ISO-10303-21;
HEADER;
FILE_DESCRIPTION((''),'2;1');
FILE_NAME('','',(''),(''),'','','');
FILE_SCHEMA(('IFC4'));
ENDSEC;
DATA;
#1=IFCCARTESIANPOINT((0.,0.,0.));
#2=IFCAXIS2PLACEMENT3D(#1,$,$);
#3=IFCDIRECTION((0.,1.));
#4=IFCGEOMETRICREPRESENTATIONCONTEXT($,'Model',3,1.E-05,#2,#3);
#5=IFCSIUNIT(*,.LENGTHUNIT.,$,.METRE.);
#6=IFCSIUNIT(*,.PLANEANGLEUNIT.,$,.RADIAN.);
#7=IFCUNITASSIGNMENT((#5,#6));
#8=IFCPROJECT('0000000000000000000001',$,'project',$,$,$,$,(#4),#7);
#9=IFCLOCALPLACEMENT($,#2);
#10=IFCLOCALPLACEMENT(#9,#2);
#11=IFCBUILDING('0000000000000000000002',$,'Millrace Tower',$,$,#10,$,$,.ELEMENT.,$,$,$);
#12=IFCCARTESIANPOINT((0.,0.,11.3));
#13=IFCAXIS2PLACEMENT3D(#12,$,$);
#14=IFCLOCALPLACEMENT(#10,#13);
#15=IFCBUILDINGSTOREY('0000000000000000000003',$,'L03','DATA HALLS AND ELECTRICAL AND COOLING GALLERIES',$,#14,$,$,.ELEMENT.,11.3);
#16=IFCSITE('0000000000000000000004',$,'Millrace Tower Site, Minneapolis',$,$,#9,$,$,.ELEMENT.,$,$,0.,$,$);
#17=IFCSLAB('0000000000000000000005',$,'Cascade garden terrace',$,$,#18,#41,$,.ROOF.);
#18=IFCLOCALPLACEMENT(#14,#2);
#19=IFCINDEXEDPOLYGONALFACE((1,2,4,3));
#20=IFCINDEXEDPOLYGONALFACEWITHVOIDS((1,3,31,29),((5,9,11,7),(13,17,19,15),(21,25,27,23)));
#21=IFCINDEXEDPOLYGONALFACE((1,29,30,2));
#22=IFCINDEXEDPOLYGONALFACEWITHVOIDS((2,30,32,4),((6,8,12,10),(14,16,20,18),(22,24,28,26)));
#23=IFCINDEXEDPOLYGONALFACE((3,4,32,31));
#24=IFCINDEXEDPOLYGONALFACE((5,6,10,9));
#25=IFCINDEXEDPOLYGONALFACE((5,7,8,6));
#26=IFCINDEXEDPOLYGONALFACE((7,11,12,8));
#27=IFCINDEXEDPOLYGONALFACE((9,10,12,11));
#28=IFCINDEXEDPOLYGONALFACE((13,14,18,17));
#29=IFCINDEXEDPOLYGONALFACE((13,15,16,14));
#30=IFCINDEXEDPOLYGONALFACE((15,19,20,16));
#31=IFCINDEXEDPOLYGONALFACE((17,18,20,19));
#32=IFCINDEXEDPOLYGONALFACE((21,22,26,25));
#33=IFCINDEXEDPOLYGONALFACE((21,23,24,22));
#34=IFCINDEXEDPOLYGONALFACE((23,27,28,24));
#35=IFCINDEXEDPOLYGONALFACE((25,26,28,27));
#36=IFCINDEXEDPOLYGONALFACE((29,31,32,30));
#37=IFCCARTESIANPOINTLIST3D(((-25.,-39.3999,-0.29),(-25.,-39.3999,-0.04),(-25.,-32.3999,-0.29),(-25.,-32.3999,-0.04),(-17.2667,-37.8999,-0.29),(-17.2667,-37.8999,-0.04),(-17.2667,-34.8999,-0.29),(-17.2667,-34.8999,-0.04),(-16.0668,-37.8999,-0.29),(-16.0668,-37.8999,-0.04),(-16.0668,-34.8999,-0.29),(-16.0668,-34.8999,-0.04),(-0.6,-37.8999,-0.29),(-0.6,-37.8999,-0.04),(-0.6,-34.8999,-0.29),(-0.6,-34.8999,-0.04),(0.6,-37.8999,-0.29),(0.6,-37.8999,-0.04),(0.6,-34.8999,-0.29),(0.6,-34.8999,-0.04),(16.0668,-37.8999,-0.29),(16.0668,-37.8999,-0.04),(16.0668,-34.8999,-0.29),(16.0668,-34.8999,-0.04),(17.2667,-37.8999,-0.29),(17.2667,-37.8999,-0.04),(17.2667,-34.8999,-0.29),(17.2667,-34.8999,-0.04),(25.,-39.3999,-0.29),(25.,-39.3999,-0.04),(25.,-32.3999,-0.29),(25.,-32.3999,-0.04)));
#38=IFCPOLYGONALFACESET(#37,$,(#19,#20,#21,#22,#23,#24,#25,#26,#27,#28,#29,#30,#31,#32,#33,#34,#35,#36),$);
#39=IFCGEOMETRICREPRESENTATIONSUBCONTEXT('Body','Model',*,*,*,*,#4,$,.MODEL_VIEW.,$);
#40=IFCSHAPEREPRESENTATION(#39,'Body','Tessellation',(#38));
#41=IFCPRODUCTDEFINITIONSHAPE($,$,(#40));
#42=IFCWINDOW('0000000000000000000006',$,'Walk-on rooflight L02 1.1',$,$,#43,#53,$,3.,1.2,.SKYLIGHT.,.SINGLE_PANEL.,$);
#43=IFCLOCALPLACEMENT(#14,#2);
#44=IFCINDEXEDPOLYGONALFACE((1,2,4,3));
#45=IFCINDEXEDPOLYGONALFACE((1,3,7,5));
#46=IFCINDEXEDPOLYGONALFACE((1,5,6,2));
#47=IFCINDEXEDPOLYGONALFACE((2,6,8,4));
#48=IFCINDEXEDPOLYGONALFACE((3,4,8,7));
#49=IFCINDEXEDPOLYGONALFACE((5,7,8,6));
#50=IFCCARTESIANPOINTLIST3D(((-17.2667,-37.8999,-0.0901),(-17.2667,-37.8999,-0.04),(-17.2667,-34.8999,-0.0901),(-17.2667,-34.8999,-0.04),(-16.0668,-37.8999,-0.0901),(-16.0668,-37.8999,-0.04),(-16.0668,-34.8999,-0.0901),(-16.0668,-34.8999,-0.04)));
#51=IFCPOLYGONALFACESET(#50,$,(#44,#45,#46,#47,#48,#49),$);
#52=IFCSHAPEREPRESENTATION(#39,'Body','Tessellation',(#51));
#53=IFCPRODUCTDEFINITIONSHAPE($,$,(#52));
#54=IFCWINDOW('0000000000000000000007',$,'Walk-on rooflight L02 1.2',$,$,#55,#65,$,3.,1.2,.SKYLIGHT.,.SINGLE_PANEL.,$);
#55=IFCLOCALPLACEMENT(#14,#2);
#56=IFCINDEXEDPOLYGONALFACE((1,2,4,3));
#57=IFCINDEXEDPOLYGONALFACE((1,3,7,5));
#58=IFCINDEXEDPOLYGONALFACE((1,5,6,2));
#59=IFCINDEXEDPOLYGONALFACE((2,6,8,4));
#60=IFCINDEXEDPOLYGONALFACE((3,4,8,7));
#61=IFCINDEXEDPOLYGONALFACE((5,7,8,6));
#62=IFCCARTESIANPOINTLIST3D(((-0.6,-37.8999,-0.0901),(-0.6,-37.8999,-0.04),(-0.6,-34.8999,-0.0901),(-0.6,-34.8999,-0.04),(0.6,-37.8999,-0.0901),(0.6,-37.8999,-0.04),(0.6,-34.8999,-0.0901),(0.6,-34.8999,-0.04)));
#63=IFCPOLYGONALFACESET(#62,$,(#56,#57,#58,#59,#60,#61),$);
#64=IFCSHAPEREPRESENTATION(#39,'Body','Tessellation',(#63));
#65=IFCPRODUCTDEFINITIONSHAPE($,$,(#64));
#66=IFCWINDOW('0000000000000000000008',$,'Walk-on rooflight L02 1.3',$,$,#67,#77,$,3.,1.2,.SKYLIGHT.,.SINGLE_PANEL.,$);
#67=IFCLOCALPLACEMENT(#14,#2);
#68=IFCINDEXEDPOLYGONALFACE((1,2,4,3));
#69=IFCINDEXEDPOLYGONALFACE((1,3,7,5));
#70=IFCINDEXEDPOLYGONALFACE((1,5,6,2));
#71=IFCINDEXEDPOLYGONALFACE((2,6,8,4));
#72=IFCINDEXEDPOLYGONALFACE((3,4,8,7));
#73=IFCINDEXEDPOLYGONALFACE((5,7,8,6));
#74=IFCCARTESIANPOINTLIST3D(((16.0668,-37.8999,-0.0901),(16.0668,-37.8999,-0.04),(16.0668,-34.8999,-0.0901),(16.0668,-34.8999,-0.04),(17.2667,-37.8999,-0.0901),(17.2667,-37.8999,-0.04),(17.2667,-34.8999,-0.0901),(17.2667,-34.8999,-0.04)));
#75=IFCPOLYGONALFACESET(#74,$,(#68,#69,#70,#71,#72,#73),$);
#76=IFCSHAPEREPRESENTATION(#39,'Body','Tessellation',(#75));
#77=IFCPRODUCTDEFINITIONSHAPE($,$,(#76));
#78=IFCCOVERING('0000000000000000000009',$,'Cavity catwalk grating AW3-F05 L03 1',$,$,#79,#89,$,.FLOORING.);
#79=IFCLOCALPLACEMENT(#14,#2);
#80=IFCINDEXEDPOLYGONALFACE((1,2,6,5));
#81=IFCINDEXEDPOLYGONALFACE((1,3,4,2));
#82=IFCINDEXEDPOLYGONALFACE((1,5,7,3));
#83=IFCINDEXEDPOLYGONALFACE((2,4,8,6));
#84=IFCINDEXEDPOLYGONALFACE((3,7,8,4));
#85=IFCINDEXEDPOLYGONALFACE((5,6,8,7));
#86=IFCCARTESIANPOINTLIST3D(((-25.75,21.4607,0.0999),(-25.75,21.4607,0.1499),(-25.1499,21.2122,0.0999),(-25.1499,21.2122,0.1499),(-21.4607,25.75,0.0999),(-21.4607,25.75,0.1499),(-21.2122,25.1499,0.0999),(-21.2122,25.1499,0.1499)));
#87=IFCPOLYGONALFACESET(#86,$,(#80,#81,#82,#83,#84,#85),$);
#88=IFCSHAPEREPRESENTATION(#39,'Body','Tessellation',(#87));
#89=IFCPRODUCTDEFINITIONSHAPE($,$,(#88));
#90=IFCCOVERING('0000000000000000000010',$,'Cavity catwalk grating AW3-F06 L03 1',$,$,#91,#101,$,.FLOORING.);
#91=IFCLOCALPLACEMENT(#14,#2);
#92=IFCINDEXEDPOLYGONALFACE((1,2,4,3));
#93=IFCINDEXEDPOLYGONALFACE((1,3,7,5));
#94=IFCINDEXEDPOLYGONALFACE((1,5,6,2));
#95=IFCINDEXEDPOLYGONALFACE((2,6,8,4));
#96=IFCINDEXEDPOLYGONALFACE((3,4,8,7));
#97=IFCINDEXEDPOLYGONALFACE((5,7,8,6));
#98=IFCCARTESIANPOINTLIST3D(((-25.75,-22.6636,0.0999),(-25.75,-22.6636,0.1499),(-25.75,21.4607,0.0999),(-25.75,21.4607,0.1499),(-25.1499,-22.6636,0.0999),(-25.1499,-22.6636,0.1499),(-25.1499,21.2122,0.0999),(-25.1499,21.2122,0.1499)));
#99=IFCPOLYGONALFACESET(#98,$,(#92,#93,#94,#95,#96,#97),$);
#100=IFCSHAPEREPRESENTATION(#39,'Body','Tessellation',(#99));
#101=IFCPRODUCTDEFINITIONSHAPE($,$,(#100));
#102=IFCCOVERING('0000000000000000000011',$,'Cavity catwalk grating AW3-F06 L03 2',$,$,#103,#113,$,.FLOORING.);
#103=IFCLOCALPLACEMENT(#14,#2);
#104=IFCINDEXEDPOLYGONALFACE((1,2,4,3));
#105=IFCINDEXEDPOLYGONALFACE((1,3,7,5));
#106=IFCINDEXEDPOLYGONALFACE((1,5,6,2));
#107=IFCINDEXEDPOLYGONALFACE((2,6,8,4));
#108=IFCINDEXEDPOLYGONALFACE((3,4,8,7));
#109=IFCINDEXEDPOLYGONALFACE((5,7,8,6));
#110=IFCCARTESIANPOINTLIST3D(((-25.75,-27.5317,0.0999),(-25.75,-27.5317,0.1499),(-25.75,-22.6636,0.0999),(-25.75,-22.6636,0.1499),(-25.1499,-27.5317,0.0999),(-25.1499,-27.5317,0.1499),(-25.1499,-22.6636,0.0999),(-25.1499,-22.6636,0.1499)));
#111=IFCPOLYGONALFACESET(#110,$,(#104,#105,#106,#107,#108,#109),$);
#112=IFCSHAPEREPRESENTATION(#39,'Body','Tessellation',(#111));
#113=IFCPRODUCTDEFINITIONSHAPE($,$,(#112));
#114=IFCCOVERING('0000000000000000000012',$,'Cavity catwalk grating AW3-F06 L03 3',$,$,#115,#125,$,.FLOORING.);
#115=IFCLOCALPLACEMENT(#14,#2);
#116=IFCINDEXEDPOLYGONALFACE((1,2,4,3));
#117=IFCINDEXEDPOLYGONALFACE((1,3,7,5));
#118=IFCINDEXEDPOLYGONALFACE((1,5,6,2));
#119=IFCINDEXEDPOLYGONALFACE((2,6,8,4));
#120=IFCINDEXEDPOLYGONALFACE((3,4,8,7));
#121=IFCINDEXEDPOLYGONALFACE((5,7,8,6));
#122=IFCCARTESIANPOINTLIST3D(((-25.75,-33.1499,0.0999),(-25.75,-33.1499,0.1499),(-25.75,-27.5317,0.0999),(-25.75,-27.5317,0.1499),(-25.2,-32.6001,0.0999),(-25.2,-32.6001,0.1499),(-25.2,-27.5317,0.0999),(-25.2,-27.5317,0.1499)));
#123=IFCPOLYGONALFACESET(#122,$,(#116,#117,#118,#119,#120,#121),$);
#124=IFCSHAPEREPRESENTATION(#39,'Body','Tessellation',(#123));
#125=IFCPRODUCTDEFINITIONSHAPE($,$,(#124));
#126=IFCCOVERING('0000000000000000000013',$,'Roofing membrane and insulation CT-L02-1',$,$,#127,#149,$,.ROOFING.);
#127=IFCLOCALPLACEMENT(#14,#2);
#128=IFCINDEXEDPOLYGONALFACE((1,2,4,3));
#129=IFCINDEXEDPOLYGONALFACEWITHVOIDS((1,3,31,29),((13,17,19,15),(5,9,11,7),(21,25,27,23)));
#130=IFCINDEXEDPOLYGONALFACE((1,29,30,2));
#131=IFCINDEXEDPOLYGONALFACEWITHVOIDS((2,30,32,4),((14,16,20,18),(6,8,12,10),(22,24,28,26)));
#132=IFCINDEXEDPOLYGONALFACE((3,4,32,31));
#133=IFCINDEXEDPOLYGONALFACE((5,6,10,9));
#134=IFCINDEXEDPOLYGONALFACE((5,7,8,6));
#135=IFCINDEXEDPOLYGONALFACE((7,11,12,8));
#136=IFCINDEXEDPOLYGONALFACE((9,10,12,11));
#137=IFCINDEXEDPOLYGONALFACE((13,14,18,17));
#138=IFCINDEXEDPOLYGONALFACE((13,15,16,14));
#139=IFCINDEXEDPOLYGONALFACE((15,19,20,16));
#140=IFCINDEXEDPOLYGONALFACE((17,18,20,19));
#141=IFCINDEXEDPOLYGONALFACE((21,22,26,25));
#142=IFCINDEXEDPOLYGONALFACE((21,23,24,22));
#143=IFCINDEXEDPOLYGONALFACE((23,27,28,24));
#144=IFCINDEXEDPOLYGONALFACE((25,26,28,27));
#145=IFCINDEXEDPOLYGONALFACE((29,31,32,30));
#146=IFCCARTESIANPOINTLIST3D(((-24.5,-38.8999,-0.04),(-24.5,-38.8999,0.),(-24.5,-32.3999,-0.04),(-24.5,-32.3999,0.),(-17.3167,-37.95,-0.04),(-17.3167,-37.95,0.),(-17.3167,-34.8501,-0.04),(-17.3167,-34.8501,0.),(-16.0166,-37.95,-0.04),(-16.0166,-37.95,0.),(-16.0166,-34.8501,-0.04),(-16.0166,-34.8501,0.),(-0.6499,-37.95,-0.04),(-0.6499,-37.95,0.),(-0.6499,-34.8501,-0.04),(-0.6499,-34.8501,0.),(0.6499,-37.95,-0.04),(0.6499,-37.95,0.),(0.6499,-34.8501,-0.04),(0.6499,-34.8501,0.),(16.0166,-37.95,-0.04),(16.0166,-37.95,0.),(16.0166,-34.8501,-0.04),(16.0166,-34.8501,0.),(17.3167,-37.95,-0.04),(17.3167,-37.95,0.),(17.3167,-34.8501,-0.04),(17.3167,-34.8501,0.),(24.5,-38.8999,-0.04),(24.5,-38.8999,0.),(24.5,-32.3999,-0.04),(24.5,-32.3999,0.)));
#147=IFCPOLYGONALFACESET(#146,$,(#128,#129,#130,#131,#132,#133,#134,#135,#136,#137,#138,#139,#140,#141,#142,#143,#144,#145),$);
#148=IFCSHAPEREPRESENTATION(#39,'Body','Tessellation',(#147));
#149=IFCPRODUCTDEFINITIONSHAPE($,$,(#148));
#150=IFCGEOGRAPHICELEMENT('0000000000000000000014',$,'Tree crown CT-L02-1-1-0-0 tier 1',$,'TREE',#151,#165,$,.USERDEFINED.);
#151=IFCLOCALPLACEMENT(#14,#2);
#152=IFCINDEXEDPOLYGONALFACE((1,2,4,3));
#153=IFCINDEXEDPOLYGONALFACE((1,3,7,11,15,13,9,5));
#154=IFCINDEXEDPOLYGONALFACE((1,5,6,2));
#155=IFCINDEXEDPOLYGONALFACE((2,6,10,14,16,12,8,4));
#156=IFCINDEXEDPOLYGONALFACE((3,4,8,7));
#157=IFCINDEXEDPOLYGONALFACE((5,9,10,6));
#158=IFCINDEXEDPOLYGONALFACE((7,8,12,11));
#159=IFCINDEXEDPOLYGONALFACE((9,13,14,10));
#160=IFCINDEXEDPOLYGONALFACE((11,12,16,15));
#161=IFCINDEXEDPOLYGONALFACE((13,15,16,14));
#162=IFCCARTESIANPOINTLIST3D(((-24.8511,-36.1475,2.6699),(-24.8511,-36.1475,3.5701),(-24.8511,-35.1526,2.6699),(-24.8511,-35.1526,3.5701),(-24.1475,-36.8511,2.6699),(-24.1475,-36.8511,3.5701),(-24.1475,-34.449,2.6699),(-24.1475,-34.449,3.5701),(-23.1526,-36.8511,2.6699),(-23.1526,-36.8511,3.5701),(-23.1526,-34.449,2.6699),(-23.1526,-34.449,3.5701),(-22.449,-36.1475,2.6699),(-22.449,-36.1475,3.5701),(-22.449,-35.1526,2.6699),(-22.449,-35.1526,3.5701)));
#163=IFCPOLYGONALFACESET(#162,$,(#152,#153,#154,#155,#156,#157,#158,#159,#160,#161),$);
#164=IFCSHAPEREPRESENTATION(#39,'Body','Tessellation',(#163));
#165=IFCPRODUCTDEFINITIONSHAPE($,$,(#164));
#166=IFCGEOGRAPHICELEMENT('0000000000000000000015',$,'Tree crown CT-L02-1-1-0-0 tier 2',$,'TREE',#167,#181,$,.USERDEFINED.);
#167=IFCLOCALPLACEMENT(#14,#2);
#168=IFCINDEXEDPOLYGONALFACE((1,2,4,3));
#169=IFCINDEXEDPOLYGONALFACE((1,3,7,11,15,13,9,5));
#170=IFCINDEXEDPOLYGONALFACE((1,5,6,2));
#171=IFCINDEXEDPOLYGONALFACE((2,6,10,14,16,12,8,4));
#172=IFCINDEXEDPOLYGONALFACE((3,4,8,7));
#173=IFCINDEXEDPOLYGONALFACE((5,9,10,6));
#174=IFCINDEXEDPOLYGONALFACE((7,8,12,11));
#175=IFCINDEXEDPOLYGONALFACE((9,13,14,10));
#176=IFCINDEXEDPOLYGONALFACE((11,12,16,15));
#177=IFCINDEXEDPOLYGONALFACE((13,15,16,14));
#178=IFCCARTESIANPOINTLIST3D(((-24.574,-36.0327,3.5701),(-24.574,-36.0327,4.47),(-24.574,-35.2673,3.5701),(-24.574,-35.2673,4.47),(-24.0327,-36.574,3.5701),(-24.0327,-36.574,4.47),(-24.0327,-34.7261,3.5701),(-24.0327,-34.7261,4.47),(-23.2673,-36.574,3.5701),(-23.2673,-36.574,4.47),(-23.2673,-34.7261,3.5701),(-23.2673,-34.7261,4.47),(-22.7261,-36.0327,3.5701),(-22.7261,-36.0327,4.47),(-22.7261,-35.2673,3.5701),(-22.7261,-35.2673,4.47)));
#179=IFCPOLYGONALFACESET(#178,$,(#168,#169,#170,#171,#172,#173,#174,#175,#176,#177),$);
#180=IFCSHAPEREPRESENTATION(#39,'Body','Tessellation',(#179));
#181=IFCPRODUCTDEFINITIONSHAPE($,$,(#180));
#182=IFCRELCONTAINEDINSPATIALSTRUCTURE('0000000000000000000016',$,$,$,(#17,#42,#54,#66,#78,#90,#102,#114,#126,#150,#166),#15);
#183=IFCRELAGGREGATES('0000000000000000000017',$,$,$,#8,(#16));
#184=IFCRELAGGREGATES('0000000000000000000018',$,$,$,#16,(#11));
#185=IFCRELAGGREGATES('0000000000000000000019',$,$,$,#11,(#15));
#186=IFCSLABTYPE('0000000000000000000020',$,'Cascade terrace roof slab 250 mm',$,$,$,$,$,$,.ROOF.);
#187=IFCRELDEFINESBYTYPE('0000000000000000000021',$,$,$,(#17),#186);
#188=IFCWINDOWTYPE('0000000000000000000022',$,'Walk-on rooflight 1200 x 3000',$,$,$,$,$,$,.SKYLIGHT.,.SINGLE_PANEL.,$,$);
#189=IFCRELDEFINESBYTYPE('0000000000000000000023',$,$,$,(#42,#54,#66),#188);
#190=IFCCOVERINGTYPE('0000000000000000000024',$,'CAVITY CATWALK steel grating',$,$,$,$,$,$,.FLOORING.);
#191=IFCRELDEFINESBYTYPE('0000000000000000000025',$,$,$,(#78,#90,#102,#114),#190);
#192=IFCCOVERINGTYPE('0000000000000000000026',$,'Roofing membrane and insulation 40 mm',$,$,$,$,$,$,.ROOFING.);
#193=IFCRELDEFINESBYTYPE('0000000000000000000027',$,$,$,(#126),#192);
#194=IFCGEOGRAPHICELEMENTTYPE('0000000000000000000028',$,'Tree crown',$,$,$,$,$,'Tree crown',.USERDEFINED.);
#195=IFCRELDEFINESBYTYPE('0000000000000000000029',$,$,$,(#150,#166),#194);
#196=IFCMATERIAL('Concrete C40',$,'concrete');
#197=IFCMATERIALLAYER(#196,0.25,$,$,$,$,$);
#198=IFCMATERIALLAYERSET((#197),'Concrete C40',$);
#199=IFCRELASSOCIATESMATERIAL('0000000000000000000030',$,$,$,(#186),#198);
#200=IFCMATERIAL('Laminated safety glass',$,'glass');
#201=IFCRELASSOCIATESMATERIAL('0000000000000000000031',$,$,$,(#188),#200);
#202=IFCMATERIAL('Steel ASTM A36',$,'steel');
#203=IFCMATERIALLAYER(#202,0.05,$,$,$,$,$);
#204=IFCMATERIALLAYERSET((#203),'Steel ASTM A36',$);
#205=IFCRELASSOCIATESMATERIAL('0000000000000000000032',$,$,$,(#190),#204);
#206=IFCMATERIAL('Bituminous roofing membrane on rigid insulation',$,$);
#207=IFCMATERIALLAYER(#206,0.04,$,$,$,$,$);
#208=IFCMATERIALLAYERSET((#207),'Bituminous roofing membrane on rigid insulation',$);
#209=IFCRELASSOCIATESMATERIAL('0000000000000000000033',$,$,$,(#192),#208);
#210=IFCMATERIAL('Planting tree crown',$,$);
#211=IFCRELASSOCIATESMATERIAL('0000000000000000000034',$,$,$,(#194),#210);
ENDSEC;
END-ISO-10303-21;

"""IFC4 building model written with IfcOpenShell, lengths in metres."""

from ifc_helpers import new_model, si_unit, direction, frame, origin, origin_2d, place, context, subcontext, project, spatial, polyline, rectangle, outline, extrude, material, layer, layer_set, type_object, element, fill, save


model = new_model("IFC4")

# Units and contexts
model_context = context("Model", 3, precision=1e-05, world=origin(), true_north=direction((0.0, 1.0)))
body_context = subcontext(model_context, "Body", "Model", "MODEL_VIEW")
ifc_project = project(units=[si_unit("LENGTHUNIT", "METRE"), si_unit("PLANEANGLEUNIT", "RADIAN")], contexts=[model_context])

# Site, building, storey
site_placement = place(None, origin())
site = spatial("IfcSite", under=ifc_project, at=site_placement, Name="Millrace Tower Site, Minneapolis", CompositionType="ELEMENT", RefElevation=0.0)
building_placement = place(site_placement, origin())
building = spatial("IfcBuilding", under=site, at=building_placement, Name="Millrace Tower", CompositionType="ELEMENT")
storey_placement = place(building_placement, frame((0.0, 0.0, 11.3)))
storey = spatial("IfcBuildingStorey", under=building, at=storey_placement, Name="L03", Description="DATA HALLS AND ELECTRICAL AND COOLING GALLERIES", CompositionType="ELEMENT", Elevation=11.3)

# Slab, openings, windows
ifc_material_1 = material(Name="Concrete C40", Category="concrete")
ifc_layer_1 = layer(ifc_material_1, 0.25)
ifc_layer_set_1 = layer_set([ifc_layer_1], Name="Concrete C40")
slab_type = type_object("IfcSlabType", Name="Cascade terrace roof slab 250 mm", PredefinedType="ROOF", material=ifc_layer_set_1)
slab_placement = place(storey_placement, frame((0.0, 0.0, -0.29)))
slab = element("IfcSlab", 1, at=slab_placement, inside=storey, type_object=slab_type, Name="Cascade garden terrace", PredefinedType="ROOF", context=body_context, shape_type="SweptSolid", body=[
    extrude(outline(polyline([(25.0, -39.3999), (-25.0, -39.3999), (-25.0, -32.3999), (25.0, -32.3999), (25.0, -39.3999)])), origin(), (0.0, 0.0, 1.0), 0.25),
])
opening_1_placement = place(slab_placement, frame((-16.6667, -36.3999, 0.0)))
opening_1 = element("IfcOpeningElement", 2, at=opening_1_placement, cuts=slab, PredefinedType="OPENING", context=body_context, shape_type="SweptSolid", body=[
    extrude(rectangle(XDim=1.2, YDim=3.0, at=origin_2d()), origin(), (0.0, 0.0, 1.0), 0.25),
])
opening_2_placement = place(slab_placement, frame((0.0, -36.3999, 0.0)))
opening_2 = element("IfcOpeningElement", 3, at=opening_2_placement, cuts=slab, PredefinedType="OPENING", context=body_context, shape_type="SweptSolid", body=[
    extrude(rectangle(XDim=1.2, YDim=3.0, at=origin_2d()), origin(), (0.0, 0.0, 1.0), 0.25),
])
opening_3_placement = place(slab_placement, frame((16.6667, -36.3999, 0.0)))
opening_3 = element("IfcOpeningElement", 4, at=opening_3_placement, cuts=slab, PredefinedType="OPENING", context=body_context, shape_type="SweptSolid", body=[
    extrude(rectangle(XDim=1.2, YDim=3.0, at=origin_2d()), origin(), (0.0, 0.0, 1.0), 0.25),
])
ifc_material_2 = material(Name="Laminated safety glass", Category="glass")
window_type = type_object("IfcWindowType", Name="Walk-on rooflight 1200 x 3000", PartitioningType="SINGLE_PANEL", PredefinedType="SKYLIGHT", material=ifc_material_2)
window_1_placement = place(opening_1_placement, frame((0.0, 0.0, 0.2)))
window_1 = element("IfcWindow", 5, at=window_1_placement, inside=storey, type_object=window_type, Name="Walk-on rooflight L02 1.1", OverallHeight=3.0, OverallWidth=1.2, PartitioningType="SINGLE_PANEL", PredefinedType="SKYLIGHT", context=body_context, shape_type="SweptSolid", body=[
    extrude(rectangle(XDim=1.2, YDim=3.0, at=origin_2d()), origin(), (0.0, 0.0, 1.0), 0.05),
])
fill(opening_1, window_1)
window_2_placement = place(opening_2_placement, frame((0.0, 0.0, 0.2)))
window_2 = element("IfcWindow", 6, at=window_2_placement, inside=storey, type_object=window_type, Name="Walk-on rooflight L02 1.2", OverallHeight=3.0, OverallWidth=1.2, PartitioningType="SINGLE_PANEL", PredefinedType="SKYLIGHT", context=body_context, shape_type="SweptSolid", body=[
    extrude(rectangle(XDim=1.2, YDim=3.0, at=origin_2d()), origin(), (0.0, 0.0, 1.0), 0.05),
])
fill(opening_2, window_2)
window_3_placement = place(opening_3_placement, frame((0.0, 0.0, 0.2)))
window_3 = element("IfcWindow", 7, at=window_3_placement, inside=storey, type_object=window_type, Name="Walk-on rooflight L02 1.3", OverallHeight=3.0, OverallWidth=1.2, PartitioningType="SINGLE_PANEL", PredefinedType="SKYLIGHT", context=body_context, shape_type="SweptSolid", body=[
    extrude(rectangle(XDim=1.2, YDim=3.0, at=origin_2d()), origin(), (0.0, 0.0, 1.0), 0.05),
])
fill(opening_3, window_3)

# Coverings
ifc_material_3 = material(Name="Steel ASTM A36", Category="steel")
ifc_layer_2 = layer(ifc_material_3, 0.05)
ifc_layer_set_2 = layer_set([ifc_layer_2], Name="Steel ASTM A36")
covering_type_1 = type_object("IfcCoveringType", Name="CAVITY CATWALK steel grating", PredefinedType="FLOORING", material=ifc_layer_set_2)
placement_1 = place(storey_placement, frame((0.0, 0.0, 0.0999)))
element("IfcCovering", 8, at=placement_1, inside=storey, type_object=covering_type_1, Name="Cavity catwalk grating AW3-F05 L03 1", PredefinedType="FLOORING", context=body_context, shape_type="SweptSolid", body=[
    extrude(outline(polyline([(-21.4607, 25.75), (-25.75, 21.4607), (-25.1499, 21.2122), (-21.2122, 25.1499), (-21.4607, 25.75)])), origin(), (0.0, 0.0, 1.0), 0.05),
])
element("IfcCovering", 9, at=placement_1, inside=storey, type_object=covering_type_1, Name="Cavity catwalk grating AW3-F06 L03 1", PredefinedType="FLOORING", context=body_context, shape_type="SweptSolid", body=[
    extrude(outline(polyline([(-25.75, 21.4607), (-25.75, -22.6636), (-25.1499, -22.6636), (-25.1499, 21.2122), (-25.75, 21.4607)])), origin(), (0.0, 0.0, 1.0), 0.05),
])
element("IfcCovering", 10, at=placement_1, inside=storey, type_object=covering_type_1, Name="Cavity catwalk grating AW3-F06 L03 2", PredefinedType="FLOORING", context=body_context, shape_type="SweptSolid", body=[
    extrude(outline(polyline([(-25.75, -22.6636), (-25.75, -27.5317), (-25.1499, -27.5317), (-25.1499, -22.6636), (-25.75, -22.6636)])), origin(), (0.0, 0.0, 1.0), 0.05),
])
element("IfcCovering", 11, at=placement_1, inside=storey, type_object=covering_type_1, Name="Cavity catwalk grating AW3-F06 L03 3", PredefinedType="FLOORING", context=body_context, shape_type="SweptSolid", body=[
    extrude(outline(polyline([(-25.75, -27.5317), (-25.75, -33.1499), (-25.2, -32.6001), (-25.2, -27.5317), (-25.75, -27.5317)])), origin(), (0.0, 0.0, 1.0), 0.05),
])
ifc_material_4 = material(Name="Bituminous roofing membrane on rigid insulation")
ifc_layer_3 = layer(ifc_material_4, 0.04)
ifc_layer_set_3 = layer_set([ifc_layer_3], Name="Bituminous roofing membrane on rigid insulation")
covering_type_2 = type_object("IfcCoveringType", Name="Roofing membrane and insulation 40 mm", PredefinedType="ROOFING", material=ifc_layer_set_3)
covering_1_placement = place(storey_placement, frame((0.0, 0.0, -0.04)))
element("IfcCovering", 12, at=covering_1_placement, inside=storey, type_object=covering_type_2, Name="Roofing membrane and insulation CT-L02-1", PredefinedType="ROOFING", context=body_context, shape_type="SweptSolid", body=[
    extrude(outline(polyline([(-24.5, -38.8999), (24.5, -38.8999), (24.5, -32.3999), (-24.5, -32.3999), (-24.5, -38.8999)]), holes=[polyline([(-17.3167, -37.95), (-16.0166, -37.95), (-16.0166, -34.8501), (-17.3167, -34.8501), (-17.3167, -37.95)]), polyline([(-0.6499, -37.95), (0.6499, -37.95), (0.6499, -34.8501), (-0.6499, -34.8501), (-0.6499, -37.95)]), polyline([(16.0166, -37.95), (17.3167, -37.95), (17.3167, -34.8501), (16.0166, -34.8501), (16.0166, -37.95)])]), origin(), (0.0, 0.0, 1.0), 0.04),
])

# Geographic elements
ifc_material_5 = material(Name="Planting tree crown")
geographic_element_type = type_object("IfcGeographicElementType", Name="Tree crown", ElementType="Tree crown", PredefinedType="USERDEFINED", material=ifc_material_5)
placement_2 = place(storey_placement, frame((0.0, 0.0, 2.6699)))
element("IfcGeographicElement", 13, at=placement_2, inside=storey, type_object=geographic_element_type, Name="Tree crown CT-L02-1-1-0-0 tier 1", ObjectType="TREE", PredefinedType="USERDEFINED", context=body_context, shape_type="SweptSolid", body=[
    extrude(outline(polyline([(-22.449, -35.1526), (-23.1526, -34.449), (-24.1475, -34.449), (-24.8511, -35.1526), (-24.8511, -36.1475), (-24.1475, -36.8511), (-23.1526, -36.8511), (-22.449, -36.1475), (-22.449, -35.1526)])), origin(), (0.0, 0.0, 1.0), 0.9001),
])
placement_3 = place(storey_placement, frame((0.0, 0.0, 3.5701)))
element("IfcGeographicElement", 14, at=placement_3, inside=storey, type_object=geographic_element_type, Name="Tree crown CT-L02-1-1-0-0 tier 2", ObjectType="TREE", PredefinedType="USERDEFINED", context=body_context, shape_type="SweptSolid", body=[
    extrude(outline(polyline([(-22.7261, -35.2673), (-23.2673, -34.7261), (-24.0327, -34.7261), (-24.574, -35.2673), (-24.574, -36.0327), (-24.0327, -36.574), (-23.2673, -36.574), (-22.7261, -36.0327), (-22.7261, -35.2673)])), origin(), (0.0, 0.0, 1.0), 0.8999),
])

save(model, "model.ifc")
